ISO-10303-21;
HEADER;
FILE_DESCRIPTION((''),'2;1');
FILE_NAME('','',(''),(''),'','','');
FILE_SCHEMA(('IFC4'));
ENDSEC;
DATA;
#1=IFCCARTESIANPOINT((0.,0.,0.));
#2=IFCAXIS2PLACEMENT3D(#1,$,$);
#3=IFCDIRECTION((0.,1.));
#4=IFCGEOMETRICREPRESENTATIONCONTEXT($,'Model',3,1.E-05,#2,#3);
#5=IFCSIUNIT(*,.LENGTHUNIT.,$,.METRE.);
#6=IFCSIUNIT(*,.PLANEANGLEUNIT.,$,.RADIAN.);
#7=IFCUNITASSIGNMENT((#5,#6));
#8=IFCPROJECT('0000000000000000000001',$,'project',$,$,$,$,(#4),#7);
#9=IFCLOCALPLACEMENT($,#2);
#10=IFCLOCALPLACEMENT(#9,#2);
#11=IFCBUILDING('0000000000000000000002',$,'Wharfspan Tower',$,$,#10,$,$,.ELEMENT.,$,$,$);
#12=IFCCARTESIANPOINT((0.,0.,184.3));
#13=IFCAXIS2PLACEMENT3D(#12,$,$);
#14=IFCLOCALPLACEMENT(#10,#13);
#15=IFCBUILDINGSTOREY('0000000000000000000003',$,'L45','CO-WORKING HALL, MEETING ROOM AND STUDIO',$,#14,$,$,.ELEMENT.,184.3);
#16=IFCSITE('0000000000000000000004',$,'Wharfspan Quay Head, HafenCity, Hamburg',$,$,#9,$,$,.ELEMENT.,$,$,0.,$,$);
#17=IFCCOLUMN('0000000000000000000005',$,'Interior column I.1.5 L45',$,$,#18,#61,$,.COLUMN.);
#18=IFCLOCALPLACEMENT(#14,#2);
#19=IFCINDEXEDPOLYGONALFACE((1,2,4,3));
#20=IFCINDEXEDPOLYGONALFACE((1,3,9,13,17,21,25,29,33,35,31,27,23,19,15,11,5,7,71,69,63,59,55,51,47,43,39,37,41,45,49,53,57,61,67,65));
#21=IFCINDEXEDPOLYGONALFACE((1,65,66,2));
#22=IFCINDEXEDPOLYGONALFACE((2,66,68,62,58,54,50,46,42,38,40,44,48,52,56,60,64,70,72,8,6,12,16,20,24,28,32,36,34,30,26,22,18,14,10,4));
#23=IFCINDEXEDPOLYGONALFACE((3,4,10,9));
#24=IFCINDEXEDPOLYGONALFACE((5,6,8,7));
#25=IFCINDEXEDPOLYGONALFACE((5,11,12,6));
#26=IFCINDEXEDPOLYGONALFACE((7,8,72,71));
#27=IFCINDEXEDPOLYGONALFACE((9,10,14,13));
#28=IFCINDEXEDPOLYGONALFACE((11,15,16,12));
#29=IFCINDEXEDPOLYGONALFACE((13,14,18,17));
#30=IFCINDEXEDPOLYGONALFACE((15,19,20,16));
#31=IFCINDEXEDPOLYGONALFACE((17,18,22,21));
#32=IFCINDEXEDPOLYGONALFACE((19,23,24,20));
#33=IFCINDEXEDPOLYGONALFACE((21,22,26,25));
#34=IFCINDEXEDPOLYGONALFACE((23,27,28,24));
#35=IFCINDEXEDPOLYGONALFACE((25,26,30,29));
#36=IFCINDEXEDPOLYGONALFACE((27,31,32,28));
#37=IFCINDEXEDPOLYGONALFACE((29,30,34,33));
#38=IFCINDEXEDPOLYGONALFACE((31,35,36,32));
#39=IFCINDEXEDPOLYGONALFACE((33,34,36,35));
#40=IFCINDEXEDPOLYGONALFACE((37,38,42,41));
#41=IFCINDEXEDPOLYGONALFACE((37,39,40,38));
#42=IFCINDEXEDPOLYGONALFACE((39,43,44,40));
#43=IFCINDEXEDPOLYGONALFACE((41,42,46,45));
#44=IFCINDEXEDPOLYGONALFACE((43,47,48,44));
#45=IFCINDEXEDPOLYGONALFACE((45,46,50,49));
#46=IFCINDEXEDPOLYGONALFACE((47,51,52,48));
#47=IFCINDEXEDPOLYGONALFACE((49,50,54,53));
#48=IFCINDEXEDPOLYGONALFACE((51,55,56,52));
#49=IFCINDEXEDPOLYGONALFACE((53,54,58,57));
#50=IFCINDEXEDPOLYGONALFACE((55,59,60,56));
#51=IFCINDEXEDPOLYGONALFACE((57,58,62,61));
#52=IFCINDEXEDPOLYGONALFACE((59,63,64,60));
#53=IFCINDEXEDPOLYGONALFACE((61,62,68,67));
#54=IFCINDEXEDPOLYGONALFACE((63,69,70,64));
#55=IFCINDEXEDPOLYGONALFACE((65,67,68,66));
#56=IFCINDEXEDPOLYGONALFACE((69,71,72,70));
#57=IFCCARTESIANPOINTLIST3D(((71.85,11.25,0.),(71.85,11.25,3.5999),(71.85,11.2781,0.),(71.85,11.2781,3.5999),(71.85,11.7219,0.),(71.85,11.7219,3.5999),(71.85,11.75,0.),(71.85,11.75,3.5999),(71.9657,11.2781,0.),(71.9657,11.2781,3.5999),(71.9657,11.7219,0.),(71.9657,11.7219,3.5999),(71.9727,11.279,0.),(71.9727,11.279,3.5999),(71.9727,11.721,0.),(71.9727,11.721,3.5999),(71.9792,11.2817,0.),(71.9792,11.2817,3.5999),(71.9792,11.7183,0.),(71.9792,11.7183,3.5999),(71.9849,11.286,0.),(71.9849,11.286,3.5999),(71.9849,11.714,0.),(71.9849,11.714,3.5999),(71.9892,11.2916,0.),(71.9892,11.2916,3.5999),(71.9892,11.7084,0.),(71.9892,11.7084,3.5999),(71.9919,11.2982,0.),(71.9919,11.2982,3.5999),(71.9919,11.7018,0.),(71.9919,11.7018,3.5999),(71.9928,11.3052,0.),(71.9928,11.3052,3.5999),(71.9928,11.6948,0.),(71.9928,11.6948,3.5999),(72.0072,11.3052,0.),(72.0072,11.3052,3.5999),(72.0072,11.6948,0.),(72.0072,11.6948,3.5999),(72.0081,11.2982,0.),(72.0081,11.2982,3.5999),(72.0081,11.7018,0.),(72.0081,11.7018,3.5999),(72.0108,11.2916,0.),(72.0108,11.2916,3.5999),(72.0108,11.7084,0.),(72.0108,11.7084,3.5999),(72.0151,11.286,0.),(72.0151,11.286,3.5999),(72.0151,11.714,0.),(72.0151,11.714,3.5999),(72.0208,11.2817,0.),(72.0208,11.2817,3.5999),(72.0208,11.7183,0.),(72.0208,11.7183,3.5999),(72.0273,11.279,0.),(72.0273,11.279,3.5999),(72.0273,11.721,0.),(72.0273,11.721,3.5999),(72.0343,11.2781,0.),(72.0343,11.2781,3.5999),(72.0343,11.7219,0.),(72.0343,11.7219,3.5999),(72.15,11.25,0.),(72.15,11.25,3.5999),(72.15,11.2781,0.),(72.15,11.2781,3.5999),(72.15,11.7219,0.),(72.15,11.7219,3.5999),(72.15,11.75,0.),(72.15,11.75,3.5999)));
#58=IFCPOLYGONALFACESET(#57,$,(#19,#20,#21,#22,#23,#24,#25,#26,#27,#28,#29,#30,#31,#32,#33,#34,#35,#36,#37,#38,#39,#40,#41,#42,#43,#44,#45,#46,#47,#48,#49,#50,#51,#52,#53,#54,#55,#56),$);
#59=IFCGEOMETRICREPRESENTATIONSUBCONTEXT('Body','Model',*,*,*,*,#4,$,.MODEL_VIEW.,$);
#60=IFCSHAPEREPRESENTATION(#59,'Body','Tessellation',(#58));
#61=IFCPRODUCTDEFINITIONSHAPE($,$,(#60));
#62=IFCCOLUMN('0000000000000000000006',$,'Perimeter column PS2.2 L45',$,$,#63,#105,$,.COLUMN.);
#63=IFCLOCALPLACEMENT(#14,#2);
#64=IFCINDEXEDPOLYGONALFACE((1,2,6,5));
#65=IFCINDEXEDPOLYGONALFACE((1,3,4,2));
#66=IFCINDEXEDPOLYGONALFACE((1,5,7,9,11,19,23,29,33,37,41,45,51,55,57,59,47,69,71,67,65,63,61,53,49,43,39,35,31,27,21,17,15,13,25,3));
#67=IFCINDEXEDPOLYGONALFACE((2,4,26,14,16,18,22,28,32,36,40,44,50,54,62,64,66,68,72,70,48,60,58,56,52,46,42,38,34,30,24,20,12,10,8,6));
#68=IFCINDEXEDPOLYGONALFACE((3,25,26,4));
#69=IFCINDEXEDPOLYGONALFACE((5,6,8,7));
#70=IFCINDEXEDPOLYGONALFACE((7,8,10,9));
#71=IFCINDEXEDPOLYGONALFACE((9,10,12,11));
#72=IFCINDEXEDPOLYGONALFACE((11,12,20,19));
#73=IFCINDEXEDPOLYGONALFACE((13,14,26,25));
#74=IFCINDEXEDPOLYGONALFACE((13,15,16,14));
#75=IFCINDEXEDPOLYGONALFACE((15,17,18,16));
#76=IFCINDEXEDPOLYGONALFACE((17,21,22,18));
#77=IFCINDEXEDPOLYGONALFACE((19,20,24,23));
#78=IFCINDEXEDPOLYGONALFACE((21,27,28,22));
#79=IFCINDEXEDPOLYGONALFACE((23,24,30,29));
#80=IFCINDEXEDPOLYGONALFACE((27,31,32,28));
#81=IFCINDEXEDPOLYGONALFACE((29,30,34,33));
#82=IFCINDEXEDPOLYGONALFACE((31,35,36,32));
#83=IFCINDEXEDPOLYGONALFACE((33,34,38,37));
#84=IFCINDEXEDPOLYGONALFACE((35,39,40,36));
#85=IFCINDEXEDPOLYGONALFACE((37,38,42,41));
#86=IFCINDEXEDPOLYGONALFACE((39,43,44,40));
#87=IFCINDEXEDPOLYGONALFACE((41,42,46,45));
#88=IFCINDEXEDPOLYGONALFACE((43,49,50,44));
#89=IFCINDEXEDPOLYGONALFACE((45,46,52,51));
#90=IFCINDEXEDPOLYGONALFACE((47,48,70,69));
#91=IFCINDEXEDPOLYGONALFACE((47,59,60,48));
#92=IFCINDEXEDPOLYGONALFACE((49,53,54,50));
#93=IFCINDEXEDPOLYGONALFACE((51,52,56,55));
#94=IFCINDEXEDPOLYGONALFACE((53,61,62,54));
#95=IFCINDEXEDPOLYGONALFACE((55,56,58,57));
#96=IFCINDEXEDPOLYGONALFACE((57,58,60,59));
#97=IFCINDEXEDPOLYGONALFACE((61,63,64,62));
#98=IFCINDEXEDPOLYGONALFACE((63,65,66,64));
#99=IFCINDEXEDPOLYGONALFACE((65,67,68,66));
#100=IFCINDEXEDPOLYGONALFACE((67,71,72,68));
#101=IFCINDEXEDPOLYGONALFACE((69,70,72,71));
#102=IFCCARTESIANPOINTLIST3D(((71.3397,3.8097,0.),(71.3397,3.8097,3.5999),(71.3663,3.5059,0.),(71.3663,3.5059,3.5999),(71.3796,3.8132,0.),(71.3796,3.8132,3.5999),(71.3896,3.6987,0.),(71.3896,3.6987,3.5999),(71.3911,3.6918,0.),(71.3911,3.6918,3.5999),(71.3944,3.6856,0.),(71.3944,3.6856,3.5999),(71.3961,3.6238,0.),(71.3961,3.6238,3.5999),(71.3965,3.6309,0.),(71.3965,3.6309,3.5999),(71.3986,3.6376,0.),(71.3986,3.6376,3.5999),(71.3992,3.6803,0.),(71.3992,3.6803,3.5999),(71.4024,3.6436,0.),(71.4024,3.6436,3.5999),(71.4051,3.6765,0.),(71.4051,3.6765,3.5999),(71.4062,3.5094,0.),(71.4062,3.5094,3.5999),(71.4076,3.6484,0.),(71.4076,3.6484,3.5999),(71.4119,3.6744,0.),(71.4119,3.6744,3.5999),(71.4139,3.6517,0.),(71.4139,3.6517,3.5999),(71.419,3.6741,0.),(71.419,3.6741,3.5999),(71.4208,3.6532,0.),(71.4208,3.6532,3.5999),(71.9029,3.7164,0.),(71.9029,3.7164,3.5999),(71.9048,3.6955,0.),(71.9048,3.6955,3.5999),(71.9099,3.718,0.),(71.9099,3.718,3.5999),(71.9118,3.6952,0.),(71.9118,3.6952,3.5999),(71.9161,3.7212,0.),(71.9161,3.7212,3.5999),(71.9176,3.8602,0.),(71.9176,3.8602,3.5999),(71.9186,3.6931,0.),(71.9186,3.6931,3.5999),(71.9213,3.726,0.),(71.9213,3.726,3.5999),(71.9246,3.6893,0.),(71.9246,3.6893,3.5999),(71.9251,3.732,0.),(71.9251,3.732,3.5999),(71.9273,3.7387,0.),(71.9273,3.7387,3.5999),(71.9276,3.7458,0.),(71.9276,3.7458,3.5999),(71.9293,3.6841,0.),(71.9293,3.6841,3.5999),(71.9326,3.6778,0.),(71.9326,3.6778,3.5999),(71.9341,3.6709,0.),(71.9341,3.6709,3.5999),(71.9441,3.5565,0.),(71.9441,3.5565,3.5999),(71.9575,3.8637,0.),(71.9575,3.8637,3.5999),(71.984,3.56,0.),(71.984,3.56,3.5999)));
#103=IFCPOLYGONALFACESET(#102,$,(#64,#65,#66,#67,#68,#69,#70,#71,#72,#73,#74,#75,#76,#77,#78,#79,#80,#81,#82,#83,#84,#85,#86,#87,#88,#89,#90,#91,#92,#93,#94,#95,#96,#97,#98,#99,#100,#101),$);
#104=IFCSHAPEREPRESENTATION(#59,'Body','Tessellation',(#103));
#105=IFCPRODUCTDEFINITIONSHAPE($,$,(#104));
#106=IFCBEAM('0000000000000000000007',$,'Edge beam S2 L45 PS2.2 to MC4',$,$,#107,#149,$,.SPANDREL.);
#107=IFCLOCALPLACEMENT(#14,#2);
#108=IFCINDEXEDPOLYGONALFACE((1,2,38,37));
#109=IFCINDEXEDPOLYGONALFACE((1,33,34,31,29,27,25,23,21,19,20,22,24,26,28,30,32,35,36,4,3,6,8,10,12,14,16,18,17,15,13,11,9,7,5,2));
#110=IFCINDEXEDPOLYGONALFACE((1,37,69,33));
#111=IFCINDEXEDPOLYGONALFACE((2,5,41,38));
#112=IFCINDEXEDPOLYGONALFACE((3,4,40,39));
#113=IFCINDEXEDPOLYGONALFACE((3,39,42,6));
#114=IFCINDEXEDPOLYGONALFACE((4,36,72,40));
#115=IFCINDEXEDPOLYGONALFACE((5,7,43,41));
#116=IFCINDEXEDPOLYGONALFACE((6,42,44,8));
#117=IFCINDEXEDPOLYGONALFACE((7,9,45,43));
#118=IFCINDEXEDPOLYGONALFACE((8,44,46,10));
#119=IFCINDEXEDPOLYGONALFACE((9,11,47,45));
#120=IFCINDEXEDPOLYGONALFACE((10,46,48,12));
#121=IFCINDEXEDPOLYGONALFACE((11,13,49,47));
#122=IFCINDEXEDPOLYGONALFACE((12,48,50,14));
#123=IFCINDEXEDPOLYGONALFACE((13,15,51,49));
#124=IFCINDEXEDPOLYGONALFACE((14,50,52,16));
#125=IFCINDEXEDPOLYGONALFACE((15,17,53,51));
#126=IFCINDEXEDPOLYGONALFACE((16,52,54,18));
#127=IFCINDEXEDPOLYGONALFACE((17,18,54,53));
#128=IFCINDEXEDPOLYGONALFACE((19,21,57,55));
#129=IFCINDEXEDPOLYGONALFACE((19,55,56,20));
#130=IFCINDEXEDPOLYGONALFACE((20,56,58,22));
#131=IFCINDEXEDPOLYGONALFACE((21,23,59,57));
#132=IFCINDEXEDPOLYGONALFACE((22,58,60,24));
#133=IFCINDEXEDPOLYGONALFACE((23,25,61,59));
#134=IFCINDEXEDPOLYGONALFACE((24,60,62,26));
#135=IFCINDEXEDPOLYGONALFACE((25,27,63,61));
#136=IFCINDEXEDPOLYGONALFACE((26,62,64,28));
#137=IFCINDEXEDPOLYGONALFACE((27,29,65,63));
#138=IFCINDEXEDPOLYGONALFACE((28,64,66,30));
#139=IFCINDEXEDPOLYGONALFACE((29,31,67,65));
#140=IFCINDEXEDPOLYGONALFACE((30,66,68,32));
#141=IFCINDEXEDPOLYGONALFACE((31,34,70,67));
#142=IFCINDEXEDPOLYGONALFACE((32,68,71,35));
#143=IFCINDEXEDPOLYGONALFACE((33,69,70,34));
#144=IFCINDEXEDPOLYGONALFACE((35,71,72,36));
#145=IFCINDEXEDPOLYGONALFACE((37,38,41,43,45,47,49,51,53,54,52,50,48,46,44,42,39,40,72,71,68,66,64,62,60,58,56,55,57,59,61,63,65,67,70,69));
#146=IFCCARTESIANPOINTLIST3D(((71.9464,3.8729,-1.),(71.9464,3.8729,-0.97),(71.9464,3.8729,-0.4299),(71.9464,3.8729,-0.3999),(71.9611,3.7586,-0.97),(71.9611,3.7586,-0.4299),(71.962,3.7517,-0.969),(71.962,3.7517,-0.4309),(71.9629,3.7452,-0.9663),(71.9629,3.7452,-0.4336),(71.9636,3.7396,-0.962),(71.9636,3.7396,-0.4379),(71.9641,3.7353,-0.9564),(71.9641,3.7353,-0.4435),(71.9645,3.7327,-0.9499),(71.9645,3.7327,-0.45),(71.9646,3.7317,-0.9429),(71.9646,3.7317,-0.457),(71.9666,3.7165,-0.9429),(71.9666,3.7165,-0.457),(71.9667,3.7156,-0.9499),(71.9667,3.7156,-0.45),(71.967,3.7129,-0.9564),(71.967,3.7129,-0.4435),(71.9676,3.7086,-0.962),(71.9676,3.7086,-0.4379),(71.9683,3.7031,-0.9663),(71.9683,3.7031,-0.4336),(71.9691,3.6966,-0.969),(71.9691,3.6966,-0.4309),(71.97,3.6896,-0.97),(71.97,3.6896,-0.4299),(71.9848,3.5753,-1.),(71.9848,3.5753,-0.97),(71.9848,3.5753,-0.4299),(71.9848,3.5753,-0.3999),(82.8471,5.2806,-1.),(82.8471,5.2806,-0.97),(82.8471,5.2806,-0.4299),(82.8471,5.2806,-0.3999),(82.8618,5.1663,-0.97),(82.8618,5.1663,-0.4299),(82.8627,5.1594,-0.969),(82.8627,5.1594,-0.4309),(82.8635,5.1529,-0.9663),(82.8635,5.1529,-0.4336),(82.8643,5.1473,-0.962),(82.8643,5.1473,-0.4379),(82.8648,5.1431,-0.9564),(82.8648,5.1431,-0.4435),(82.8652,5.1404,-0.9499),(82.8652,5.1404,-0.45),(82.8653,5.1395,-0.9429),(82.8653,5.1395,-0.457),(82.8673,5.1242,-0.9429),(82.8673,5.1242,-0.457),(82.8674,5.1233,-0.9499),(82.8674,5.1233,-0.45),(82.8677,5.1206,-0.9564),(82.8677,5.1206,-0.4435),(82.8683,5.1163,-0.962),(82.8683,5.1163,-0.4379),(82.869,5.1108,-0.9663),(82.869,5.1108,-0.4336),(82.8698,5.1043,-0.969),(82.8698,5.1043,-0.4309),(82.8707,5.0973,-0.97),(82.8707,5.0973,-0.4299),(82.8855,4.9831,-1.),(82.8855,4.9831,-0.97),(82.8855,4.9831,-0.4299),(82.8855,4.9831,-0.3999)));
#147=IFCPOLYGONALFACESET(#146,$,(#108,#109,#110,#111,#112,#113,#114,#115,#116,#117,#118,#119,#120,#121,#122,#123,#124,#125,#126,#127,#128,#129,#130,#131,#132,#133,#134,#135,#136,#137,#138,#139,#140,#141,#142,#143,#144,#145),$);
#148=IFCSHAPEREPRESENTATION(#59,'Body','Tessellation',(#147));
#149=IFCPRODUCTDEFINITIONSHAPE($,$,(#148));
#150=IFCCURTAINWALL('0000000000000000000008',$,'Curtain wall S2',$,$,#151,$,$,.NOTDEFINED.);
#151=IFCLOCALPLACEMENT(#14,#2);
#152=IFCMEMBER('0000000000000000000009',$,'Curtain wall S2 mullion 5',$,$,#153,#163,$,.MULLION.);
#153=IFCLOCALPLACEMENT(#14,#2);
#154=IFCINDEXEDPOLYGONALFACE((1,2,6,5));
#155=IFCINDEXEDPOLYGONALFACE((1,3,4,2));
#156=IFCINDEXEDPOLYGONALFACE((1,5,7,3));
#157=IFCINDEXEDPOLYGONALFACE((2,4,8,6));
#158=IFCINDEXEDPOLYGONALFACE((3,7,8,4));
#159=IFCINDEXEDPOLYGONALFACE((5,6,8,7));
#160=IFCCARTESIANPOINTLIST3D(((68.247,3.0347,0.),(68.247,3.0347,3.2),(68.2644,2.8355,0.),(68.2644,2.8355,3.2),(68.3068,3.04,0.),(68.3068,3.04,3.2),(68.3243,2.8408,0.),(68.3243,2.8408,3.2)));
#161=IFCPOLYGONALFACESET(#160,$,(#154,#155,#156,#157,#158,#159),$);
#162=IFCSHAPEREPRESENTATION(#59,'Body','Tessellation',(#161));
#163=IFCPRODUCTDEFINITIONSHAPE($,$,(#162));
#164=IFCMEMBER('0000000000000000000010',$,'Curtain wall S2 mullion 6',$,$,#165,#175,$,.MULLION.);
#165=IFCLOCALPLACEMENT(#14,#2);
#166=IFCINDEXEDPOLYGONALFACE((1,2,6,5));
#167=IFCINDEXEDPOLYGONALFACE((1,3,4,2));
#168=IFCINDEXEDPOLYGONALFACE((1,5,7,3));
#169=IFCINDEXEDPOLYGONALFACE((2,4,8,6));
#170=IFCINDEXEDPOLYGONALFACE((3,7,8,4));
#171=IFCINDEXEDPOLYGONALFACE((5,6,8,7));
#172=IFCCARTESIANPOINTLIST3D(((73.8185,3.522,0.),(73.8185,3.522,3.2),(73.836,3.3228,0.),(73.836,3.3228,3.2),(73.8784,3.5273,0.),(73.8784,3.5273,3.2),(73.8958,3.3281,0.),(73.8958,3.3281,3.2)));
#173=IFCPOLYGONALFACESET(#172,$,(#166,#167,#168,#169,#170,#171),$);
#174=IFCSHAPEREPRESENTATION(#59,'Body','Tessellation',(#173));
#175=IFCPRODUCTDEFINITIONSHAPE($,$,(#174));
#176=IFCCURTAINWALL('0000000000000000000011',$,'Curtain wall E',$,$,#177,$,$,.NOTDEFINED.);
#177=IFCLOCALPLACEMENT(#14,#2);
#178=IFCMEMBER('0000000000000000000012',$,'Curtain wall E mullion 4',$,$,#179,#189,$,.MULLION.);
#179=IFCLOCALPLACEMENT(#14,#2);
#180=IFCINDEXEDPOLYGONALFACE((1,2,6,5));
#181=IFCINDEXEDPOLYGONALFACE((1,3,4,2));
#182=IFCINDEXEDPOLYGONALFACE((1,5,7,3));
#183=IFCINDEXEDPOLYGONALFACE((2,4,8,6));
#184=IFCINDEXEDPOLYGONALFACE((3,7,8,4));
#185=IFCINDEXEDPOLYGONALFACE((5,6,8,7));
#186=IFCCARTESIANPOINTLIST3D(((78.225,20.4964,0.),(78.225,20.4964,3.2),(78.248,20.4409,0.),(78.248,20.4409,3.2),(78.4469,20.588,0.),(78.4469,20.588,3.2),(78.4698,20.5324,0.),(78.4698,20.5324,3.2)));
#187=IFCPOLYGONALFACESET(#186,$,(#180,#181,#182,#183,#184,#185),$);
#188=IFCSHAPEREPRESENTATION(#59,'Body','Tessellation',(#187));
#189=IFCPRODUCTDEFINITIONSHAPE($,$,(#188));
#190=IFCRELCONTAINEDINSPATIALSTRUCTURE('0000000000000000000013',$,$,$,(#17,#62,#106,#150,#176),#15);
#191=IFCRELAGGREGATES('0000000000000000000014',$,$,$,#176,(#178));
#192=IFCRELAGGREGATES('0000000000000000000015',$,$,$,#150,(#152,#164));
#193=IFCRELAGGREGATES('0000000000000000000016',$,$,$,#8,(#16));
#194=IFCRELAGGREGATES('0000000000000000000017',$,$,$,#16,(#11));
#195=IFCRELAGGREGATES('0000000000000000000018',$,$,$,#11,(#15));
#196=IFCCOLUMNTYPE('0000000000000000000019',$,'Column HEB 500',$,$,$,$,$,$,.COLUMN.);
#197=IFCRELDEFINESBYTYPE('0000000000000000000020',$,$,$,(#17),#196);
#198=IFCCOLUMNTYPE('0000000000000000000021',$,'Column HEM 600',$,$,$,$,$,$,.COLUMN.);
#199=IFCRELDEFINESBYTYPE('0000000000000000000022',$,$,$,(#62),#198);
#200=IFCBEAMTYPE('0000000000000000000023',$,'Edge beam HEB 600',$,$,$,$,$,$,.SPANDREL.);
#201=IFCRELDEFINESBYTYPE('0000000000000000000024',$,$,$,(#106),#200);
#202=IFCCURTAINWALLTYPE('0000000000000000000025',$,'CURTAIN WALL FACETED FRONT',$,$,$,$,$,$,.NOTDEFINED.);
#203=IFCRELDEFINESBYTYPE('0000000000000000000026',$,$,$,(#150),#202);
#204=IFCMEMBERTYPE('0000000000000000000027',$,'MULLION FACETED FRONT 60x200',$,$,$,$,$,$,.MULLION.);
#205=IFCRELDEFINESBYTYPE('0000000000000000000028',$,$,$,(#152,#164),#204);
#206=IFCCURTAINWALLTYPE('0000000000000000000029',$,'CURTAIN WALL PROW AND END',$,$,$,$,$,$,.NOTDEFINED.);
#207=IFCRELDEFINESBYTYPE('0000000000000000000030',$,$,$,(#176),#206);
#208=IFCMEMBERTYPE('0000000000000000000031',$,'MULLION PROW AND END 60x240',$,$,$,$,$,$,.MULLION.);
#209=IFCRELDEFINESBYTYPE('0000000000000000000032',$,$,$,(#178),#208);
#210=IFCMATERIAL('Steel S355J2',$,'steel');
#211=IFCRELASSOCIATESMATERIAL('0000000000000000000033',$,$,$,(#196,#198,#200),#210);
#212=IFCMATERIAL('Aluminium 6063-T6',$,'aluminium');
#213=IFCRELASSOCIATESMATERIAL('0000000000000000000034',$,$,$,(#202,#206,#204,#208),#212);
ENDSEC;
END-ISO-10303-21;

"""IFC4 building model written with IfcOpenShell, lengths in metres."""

from ifc_helpers import new_model, si_unit, direction, frame, origin, origin_2d, place, context, subcontext, project, spatial, rectangle, i_section, extrude, material, material_profile, profile_set, type_object, element, aggregate, save


model = new_model("IFC4")

# Units and contexts
model_context = context("Model", 3, precision=1e-05, world=origin(), true_north=direction((0.0, 1.0)))
body_context = subcontext(model_context, "Body", "Model", "MODEL_VIEW")
ifc_project = project(units=[si_unit("LENGTHUNIT", "METRE"), si_unit("PLANEANGLEUNIT", "RADIAN")], contexts=[model_context])

# Site, building, storey
site_placement = place(None, origin())
site = spatial("IfcSite", under=ifc_project, at=site_placement, Name="Wharfspan Quay Head, HafenCity, Hamburg", CompositionType="ELEMENT", RefElevation=0.0)
building_placement = place(site_placement, origin())
building = spatial("IfcBuilding", under=site, at=building_placement, Name="Wharfspan Tower", CompositionType="ELEMENT")
storey_placement = place(building_placement, frame((0.0, 0.0, 184.3)))
storey = spatial("IfcBuildingStorey", under=building, at=storey_placement, Name="L45", Description="CO-WORKING HALL, MEETING ROOM AND STUDIO", CompositionType="ELEMENT", Elevation=184.3)

# Columns
ifc_material_1 = material(Name="Steel S355J2", Category="steel")
ifc_material_profile_1 = material_profile(ifc_material_1, i_section(OverallWidth=0.3, OverallDepth=0.5, WebThickness=0.0144, FlangeThickness=0.0281, FilletRadius=0.0271, at=origin_2d()))
ifc_profile_set_1 = profile_set([ifc_material_profile_1], Name="Steel S355J2")
column_type_1 = type_object("IfcColumnType", Name="Column HEB 500", PredefinedType="COLUMN", material=ifc_profile_set_1)
column_1_placement = place(storey_placement, frame((72.0, 11.5, 0.0), z_axis=(0.0, 0.0, 1.0), x_axis=(1.0, 0.0, 0.0)))
element("IfcColumn", 1, at=column_1_placement, inside=storey, type_object=column_type_1, Name="Interior column I.1.5 L45", PredefinedType="COLUMN", context=body_context, shape_type="SweptSolid", body=[
    extrude(i_section(OverallWidth=0.3, OverallDepth=0.5, WebThickness=0.0144, FlangeThickness=0.0281, FilletRadius=0.0271, at=origin_2d()), origin(), (0.0, 0.0, 1.0), 3.5999),
])
ifc_material_profile_2 = material_profile(ifc_material_1, i_section(OverallWidth=0.3049, OverallDepth=0.6201, WebThickness=0.021, FlangeThickness=0.04, FilletRadius=0.0271, at=origin_2d()))
ifc_profile_set_2 = profile_set([ifc_material_profile_2], Name="Steel S355J2")
column_type_2 = type_object("IfcColumnType", Name="Column HEM 600", PredefinedType="COLUMN", material=ifc_profile_set_2)
column_2_placement = place(storey_placement, frame((71.6619, 3.6848, 0.0), z_axis=(0.0, 0.0, 1.0), x_axis=(0.087156, -0.996198, 0.0)))
element("IfcColumn", 2, at=column_2_placement, inside=storey, type_object=column_type_2, Name="Perimeter column PS2.2 L45", PredefinedType="COLUMN", context=body_context, shape_type="SweptSolid", body=[
    extrude(i_section(OverallWidth=0.3049, OverallDepth=0.6201, WebThickness=0.021, FlangeThickness=0.04, FilletRadius=0.0271, at=origin_2d()), origin(), (0.0, 0.0, 1.0), 3.5999),
])

# Beam
ifc_material_profile_3 = material_profile(ifc_material_1, i_section(OverallWidth=0.3, OverallDepth=0.6001, WebThickness=0.0154, FlangeThickness=0.03, FilletRadius=0.0271, at=origin_2d()))
ifc_profile_set_3 = profile_set([ifc_material_profile_3], Name="Steel S355J2")
beam_type = type_object("IfcBeamType", Name="Edge beam HEB 600", PredefinedType="SPANDREL", material=ifc_profile_set_3)
beam_placement = place(storey_placement, frame((71.9656, 3.7241, -0.7), z_axis=(0.991764, 0.128077, 0.0), x_axis=(-0.128077, 0.991764, 0.0)))
element("IfcBeam", 3, at=beam_placement, inside=storey, type_object=beam_type, Name="Edge beam S2 L45 PS2.2 to MC4", PredefinedType="SPANDREL", context=body_context, shape_type="SweptSolid", body=[
    extrude(i_section(OverallWidth=0.3, OverallDepth=0.6001, WebThickness=0.0154, FlangeThickness=0.03, FilletRadius=0.0271, at=origin_2d()), origin(), (0.0, 0.0, 1.0), 10.9912),
])

# Curtain wall, members
ifc_material_2 = material(Name="Aluminium 6063-T6", Category="aluminium")
curtain_wall_type_1 = type_object("IfcCurtainWallType", Name="CURTAIN WALL FACETED FRONT", PredefinedType="NOTDEFINED", material=ifc_material_2)
curtain_wall_1_placement = place(storey_placement, origin())
curtain_wall_1 = element("IfcCurtainWall", 4, at=curtain_wall_1_placement, inside=storey, type_object=curtain_wall_type_1, Name="Curtain wall S2", PredefinedType="NOTDEFINED")
ifc_material_profile_4 = material_profile(ifc_material_2, rectangle(XDim=0.2, YDim=0.0601, at=origin_2d()))
ifc_profile_set_4 = profile_set([ifc_material_profile_4], Name="Aluminium 6063-T6")
member_type_1 = type_object("IfcMemberType", Name="MULLION FACETED FRONT 60x200", PredefinedType="MULLION", material=ifc_profile_set_4)
member_1_placement = place(storey_placement, frame((68.2856, 2.9377, 0.0), z_axis=(0.0, 0.0, 1.0), x_axis=(-0.087156, 0.996198, 0.0)))
member_1 = element("IfcMember", 5, at=member_1_placement, type_object=member_type_1, Name="Curtain wall S2 mullion 5", PredefinedType="MULLION", context=body_context, shape_type="SweptSolid", body=[
    extrude(rectangle(XDim=0.2, YDim=0.0601, at=origin_2d()), origin(), (0.0, 0.0, 1.0), 3.2),
])
member_2_placement = place(storey_placement, frame((73.8572, 3.425, 0.0), z_axis=(0.0, 0.0, 1.0), x_axis=(-0.087156, 0.996198, 0.0)))
member_2 = element("IfcMember", 6, at=member_2_placement, type_object=member_type_1, Name="Curtain wall S2 mullion 6", PredefinedType="MULLION", context=body_context, shape_type="SweptSolid", body=[
    extrude(rectangle(XDim=0.2, YDim=0.0601, at=origin_2d()), origin(), (0.0, 0.0, 1.0), 3.2),
])

# Curtain wall, member
curtain_wall_type_2 = type_object("IfcCurtainWallType", Name="CURTAIN WALL PROW AND END", PredefinedType="NOTDEFINED", material=ifc_material_2)
curtain_wall_2_placement = place(storey_placement, origin())
curtain_wall_2 = element("IfcCurtainWall", 7, at=curtain_wall_2_placement, inside=storey, type_object=curtain_wall_type_2, Name="Curtain wall E", PredefinedType="NOTDEFINED")
ifc_material_profile_5 = material_profile(ifc_material_2, rectangle(XDim=0.24, YDim=0.0601, at=origin_2d()))
ifc_profile_set_5 = profile_set([ifc_material_profile_5], Name="Aluminium 6063-T6")
member_type_2 = type_object("IfcMemberType", Name="MULLION PROW AND END 60x240", PredefinedType="MULLION", material=ifc_profile_set_5)
member_3_placement = place(storey_placement, frame((78.3474, 20.5144, 0.0), z_axis=(0.0, 0.0, 1.0), x_axis=(-0.924325, -0.381602, 0.0)))
member_3 = element("IfcMember", 8, at=member_3_placement, type_object=member_type_2, Name="Curtain wall E mullion 4", PredefinedType="MULLION", context=body_context, shape_type="SweptSolid", body=[
    extrude(rectangle(XDim=0.24, YDim=0.0601, at=origin_2d()), origin(), (0.0, 0.0, 1.0), 3.2),
])

aggregate(curtain_wall_2, [member_3])

aggregate(curtain_wall_1, [member_1, member_2])

save(model, "model.ifc")
